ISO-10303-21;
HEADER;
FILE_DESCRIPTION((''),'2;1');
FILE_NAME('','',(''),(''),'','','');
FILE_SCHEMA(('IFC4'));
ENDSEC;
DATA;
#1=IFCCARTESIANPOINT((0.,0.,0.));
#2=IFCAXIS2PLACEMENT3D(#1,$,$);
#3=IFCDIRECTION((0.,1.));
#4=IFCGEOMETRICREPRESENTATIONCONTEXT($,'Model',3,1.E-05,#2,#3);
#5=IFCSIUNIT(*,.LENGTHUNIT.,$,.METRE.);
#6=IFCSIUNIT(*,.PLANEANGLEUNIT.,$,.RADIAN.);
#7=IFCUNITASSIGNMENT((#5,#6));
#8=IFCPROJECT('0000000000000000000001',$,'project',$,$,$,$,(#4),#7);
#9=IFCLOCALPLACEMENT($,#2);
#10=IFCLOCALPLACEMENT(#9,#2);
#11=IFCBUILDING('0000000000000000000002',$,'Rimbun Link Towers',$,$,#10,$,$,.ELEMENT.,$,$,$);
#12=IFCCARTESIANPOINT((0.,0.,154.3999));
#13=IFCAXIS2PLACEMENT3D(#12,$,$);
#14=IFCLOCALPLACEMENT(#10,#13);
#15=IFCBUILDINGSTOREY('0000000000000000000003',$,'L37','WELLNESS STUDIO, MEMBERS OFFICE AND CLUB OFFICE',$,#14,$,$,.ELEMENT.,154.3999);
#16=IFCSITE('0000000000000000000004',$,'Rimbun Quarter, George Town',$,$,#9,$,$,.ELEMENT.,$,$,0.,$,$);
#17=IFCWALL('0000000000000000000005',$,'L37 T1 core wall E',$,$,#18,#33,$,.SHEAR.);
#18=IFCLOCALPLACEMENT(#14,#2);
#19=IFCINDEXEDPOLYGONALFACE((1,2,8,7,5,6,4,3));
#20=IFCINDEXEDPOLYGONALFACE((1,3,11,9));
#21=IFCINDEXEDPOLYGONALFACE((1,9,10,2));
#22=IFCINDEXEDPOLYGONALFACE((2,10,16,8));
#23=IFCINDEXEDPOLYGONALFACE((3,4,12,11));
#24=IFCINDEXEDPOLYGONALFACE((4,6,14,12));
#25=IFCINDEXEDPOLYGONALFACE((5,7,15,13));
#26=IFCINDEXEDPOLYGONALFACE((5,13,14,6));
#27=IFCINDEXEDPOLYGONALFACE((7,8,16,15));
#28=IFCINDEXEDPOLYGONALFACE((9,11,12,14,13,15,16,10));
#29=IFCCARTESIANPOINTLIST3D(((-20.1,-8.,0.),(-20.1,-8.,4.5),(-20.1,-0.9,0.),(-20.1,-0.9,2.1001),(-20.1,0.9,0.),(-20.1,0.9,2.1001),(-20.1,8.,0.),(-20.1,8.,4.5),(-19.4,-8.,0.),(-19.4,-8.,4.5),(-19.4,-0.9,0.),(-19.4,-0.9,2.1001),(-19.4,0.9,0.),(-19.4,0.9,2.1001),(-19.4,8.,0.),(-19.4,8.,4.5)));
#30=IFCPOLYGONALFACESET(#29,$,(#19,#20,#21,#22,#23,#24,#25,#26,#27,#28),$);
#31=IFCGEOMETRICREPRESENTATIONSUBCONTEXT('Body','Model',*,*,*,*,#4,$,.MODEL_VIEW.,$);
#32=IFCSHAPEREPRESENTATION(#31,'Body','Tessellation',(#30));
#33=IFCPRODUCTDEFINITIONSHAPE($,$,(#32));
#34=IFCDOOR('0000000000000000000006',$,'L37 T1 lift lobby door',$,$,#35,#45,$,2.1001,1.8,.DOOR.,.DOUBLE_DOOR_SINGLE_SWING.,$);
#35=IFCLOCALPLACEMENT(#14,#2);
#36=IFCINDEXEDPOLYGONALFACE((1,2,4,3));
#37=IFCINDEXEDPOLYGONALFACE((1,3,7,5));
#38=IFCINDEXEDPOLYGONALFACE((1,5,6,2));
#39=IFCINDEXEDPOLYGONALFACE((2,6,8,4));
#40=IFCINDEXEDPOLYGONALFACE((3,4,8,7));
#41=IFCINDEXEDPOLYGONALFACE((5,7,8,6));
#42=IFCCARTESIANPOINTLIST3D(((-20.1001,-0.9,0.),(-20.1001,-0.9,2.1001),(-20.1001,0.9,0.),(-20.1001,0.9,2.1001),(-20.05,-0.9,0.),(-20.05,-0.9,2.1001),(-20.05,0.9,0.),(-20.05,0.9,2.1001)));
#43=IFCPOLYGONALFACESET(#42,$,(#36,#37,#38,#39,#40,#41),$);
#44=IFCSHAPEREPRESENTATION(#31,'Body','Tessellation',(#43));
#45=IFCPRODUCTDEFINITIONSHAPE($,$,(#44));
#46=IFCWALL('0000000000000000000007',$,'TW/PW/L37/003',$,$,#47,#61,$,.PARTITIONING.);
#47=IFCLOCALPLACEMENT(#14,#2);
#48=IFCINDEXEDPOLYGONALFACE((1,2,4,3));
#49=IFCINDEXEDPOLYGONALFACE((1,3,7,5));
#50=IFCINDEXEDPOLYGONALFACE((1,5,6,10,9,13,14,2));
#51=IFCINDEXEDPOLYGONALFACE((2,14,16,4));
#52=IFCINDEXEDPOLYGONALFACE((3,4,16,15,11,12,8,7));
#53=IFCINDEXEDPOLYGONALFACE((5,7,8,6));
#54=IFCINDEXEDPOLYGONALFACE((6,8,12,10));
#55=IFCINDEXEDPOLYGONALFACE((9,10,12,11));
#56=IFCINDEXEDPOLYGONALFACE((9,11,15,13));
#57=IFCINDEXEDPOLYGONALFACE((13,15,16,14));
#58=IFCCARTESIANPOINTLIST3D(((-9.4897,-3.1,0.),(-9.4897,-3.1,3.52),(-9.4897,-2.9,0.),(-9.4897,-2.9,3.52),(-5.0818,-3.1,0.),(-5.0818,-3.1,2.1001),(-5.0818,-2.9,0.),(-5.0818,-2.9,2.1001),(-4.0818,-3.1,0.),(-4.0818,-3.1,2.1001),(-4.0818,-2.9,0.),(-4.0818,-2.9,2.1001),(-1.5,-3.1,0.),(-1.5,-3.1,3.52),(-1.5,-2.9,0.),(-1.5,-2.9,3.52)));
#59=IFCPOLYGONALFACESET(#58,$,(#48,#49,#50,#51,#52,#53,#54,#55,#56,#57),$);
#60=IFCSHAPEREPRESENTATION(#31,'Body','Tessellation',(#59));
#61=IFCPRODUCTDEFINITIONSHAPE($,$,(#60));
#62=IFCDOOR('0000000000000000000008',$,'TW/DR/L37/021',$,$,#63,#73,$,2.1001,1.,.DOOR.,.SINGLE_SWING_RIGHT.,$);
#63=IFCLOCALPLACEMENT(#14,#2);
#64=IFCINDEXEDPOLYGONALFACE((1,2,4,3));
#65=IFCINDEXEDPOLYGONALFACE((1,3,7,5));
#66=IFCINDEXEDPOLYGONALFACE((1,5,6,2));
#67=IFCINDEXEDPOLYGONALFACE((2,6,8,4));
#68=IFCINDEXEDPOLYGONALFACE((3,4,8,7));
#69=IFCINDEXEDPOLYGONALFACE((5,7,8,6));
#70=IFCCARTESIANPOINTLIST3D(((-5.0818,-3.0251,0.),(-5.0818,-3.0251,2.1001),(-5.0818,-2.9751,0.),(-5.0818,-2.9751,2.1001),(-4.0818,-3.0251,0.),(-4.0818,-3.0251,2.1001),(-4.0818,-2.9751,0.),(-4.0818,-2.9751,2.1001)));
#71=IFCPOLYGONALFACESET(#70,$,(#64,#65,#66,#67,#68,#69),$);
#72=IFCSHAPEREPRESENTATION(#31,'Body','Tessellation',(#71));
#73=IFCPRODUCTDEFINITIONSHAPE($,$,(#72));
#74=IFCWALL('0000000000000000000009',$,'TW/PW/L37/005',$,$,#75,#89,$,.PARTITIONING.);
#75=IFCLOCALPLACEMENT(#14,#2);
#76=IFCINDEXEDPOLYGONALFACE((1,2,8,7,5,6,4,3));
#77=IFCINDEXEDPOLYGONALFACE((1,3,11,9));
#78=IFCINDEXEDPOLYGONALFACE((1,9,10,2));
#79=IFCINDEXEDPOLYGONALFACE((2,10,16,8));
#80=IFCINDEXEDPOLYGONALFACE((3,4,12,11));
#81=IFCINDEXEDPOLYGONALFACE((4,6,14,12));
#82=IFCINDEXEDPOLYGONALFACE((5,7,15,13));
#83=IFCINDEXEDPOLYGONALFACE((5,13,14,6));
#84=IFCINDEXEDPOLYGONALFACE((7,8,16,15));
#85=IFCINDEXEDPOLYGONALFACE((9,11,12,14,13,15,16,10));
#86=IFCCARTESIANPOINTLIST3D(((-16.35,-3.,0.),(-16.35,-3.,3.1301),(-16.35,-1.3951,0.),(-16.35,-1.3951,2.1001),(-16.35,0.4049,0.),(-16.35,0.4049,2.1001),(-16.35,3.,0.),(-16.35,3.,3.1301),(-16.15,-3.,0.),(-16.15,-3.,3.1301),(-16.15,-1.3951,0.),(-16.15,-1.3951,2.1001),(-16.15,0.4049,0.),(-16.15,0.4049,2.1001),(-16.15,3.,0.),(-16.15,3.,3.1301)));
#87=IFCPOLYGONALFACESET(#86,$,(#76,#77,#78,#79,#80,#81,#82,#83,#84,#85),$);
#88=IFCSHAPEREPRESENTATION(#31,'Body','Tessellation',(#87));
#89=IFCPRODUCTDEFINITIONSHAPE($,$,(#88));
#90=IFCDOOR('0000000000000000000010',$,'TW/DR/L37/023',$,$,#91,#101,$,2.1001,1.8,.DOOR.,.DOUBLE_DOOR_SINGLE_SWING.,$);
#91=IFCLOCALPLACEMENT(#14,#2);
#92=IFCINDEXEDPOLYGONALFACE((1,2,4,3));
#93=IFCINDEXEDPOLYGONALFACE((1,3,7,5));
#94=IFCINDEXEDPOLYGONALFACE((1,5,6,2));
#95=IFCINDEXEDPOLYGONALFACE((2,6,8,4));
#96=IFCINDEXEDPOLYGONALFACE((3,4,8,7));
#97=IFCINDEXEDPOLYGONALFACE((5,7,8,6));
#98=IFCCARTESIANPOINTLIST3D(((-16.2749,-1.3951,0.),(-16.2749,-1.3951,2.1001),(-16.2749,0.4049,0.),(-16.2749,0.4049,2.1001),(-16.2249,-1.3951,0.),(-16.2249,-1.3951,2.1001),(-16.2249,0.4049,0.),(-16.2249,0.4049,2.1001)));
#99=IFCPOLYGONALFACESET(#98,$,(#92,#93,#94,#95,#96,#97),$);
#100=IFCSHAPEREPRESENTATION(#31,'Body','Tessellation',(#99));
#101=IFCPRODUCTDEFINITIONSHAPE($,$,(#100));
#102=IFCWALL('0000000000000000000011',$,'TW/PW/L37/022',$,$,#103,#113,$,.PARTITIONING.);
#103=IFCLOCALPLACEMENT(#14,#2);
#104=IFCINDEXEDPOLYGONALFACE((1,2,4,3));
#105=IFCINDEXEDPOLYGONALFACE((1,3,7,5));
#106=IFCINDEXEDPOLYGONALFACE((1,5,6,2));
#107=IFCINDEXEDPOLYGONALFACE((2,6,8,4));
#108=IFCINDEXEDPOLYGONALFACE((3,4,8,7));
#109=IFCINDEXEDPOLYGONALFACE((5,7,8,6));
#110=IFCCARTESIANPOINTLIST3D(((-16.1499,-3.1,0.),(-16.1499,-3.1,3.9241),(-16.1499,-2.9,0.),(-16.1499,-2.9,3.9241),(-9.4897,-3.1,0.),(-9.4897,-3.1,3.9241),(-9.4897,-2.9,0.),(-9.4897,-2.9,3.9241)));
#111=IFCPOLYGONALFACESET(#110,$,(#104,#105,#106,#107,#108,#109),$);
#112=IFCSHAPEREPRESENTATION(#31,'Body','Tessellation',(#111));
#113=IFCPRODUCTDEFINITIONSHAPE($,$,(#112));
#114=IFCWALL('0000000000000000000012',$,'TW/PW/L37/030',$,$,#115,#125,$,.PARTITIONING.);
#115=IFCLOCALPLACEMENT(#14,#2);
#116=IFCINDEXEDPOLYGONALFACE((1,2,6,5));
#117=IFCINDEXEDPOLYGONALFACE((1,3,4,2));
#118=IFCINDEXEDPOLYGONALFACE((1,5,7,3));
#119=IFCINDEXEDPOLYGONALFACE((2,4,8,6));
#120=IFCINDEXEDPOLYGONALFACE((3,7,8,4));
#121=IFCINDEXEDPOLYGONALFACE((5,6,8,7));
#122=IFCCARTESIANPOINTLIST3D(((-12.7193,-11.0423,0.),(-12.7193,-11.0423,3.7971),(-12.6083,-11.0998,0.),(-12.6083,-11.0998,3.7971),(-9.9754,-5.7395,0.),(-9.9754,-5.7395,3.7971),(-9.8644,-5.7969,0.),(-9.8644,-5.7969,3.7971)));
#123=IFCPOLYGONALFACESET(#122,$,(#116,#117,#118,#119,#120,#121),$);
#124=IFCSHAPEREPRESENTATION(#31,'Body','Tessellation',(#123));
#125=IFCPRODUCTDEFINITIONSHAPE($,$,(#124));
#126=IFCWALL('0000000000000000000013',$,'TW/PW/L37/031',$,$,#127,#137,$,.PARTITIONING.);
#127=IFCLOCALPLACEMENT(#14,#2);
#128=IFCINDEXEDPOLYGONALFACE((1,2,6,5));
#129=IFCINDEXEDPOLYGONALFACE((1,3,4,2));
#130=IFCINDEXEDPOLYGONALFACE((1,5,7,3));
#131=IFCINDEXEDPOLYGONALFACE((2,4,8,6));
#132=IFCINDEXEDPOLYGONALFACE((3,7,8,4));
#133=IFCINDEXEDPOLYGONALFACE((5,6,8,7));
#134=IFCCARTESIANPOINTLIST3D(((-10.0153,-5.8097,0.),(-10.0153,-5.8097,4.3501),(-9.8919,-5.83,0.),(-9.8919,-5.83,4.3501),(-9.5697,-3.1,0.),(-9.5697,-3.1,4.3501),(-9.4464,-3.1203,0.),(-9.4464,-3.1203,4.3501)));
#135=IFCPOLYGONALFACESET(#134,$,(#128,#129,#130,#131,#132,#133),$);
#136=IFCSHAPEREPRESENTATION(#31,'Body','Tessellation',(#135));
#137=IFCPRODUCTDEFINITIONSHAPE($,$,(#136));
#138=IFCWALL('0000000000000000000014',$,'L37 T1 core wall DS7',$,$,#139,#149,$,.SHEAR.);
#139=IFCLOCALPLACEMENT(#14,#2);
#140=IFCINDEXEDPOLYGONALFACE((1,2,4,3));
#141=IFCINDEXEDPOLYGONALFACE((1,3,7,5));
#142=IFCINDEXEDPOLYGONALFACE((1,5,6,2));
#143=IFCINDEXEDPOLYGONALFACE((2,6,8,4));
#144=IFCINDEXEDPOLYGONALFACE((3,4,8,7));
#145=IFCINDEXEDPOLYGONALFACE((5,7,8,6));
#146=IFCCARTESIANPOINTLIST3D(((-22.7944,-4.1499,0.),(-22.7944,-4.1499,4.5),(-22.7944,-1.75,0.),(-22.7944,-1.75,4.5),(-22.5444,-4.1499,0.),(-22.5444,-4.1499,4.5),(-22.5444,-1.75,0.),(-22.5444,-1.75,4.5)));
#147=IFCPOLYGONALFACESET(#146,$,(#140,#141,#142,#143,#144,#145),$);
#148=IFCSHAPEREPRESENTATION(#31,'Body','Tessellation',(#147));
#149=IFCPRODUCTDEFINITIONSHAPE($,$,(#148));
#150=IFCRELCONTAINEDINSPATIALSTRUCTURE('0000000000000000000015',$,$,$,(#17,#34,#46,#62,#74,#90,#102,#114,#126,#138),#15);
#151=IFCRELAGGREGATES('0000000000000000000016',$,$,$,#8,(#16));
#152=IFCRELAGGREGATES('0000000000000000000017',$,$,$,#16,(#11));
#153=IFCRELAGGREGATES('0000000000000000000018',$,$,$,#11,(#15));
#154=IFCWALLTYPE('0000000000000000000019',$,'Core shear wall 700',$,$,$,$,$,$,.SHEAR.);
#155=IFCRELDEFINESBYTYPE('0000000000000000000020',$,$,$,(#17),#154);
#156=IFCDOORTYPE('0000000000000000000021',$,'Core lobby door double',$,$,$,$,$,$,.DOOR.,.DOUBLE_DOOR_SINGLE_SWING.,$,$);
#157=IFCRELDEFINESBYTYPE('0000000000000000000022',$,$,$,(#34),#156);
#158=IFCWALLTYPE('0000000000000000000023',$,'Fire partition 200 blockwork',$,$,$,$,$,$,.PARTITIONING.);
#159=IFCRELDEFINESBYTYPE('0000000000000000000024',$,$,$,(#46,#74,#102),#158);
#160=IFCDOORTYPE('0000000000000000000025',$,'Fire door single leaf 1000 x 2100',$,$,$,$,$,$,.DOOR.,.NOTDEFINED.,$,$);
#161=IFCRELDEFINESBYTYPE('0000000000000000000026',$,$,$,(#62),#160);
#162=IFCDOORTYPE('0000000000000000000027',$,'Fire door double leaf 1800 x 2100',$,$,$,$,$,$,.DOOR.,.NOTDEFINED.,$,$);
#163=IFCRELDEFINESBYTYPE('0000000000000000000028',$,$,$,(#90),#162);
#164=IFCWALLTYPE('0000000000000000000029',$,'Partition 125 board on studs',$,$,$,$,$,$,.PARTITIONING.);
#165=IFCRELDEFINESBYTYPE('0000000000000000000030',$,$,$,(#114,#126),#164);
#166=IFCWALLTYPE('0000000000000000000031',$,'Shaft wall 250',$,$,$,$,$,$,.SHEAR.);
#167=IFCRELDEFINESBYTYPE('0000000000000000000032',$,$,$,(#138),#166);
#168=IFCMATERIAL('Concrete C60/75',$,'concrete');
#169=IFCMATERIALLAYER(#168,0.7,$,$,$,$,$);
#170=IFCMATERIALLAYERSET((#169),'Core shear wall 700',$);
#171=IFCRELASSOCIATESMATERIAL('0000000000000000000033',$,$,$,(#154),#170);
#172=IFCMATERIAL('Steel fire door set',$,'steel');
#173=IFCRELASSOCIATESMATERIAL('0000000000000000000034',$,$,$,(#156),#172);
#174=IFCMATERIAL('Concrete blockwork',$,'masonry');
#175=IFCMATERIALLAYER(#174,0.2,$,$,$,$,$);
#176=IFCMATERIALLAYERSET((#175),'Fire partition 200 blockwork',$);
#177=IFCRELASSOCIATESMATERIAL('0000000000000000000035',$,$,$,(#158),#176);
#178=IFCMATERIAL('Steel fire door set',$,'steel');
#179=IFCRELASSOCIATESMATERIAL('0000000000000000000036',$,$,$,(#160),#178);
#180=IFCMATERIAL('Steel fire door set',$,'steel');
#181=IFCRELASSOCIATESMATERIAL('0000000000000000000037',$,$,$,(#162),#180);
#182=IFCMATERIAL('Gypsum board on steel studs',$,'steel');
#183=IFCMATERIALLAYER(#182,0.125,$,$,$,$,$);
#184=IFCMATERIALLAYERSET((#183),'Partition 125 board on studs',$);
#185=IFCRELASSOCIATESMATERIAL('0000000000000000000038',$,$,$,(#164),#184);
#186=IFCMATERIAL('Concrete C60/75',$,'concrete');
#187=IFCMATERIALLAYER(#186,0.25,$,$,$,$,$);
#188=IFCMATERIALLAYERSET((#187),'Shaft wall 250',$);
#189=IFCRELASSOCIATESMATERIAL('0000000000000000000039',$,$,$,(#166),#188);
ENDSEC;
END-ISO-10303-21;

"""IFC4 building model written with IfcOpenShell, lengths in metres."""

from ifc_helpers import new_model, si_unit, direction, frame, frame_2d, origin, place, context, subcontext, project, spatial, rectangle, extrude, material, layer, layer_set, type_object, element, fill, save


model = new_model("IFC4")

# Units and contexts
model_context = context("Model", 3, precision=1e-05, world=origin(), true_north=direction((0.0, 1.0)))
body_context = subcontext(model_context, "Body", "Model", "MODEL_VIEW")
ifc_project = project(units=[si_unit("LENGTHUNIT", "METRE"), si_unit("PLANEANGLEUNIT", "RADIAN")], contexts=[model_context])

# Site, building, storey
site_placement = place(None, origin())
site = spatial("IfcSite", under=ifc_project, at=site_placement, Name="Rimbun Quarter, George Town", CompositionType="ELEMENT", RefElevation=0.0)
building_placement = place(site_placement, origin())
building = spatial("IfcBuilding", under=site, at=building_placement, Name="Rimbun Link Towers", CompositionType="ELEMENT")
storey_placement = place(building_placement, frame((0.0, 0.0, 154.3999)))
storey = spatial("IfcBuildingStorey", under=building, at=storey_placement, Name="L37", Description="WELLNESS STUDIO, MEMBERS OFFICE AND CLUB OFFICE", CompositionType="ELEMENT", Elevation=154.3999)

# Walls, openings, doors
ifc_material_1 = material(Name="Concrete C60/75", Category="concrete")
ifc_layer_1 = layer(ifc_material_1, 0.7)
ifc_layer_set_1 = layer_set([ifc_layer_1], Name="Core shear wall 700")
wall_type_1 = type_object("IfcWallType", Name="Core shear wall 700", PredefinedType="SHEAR", material=ifc_layer_set_1)
wall_1_placement = place(storey_placement, frame((-19.75, -8.0, 0.0), z_axis=(0.0, 0.0, 1.0), x_axis=(0.0, 1.0, 0.0)))
wall_1 = element("IfcWall", 1, at=wall_1_placement, inside=storey, type_object=wall_type_1, Name="L37 T1 core wall E", PredefinedType="SHEAR", context=body_context, shape_type="SweptSolid", body=[
    extrude(rectangle(XDim=16.0, YDim=0.7, at=frame_2d((8.0, 0.0))), origin(), (0.0, 0.0, 1.0), 4.5),
])
opening_1_placement = place(wall_1_placement, frame((7.1001, 0.0, 0.0)))
opening_1 = element("IfcOpeningElement", 2, at=opening_1_placement, cuts=wall_1, PredefinedType="OPENING", context=body_context, shape_type="SweptSolid", body=[
    extrude(rectangle(XDim=1.8, YDim=2.1001, at=frame_2d((0.8999, 1.05))), frame((0.0, 0.3599, 0.0), z_axis=(0.0, -1.0, 0.0), x_axis=(1.0, 0.0, 0.0)), (0.0, 0.0, 1.0), 0.72),
])
ifc_material_2 = material(Name="Steel fire door set", Category="steel")
door_type_1 = type_object("IfcDoorType", Name="Core lobby door double", OperationType="DOUBLE_DOOR_SINGLE_SWING", PredefinedType="DOOR", material=ifc_material_2)
door_1_placement = place(opening_1_placement, origin())
door_1 = element("IfcDoor", 3, at=door_1_placement, inside=storey, type_object=door_type_1, Name="L37 T1 lift lobby door", OperationType="DOUBLE_DOOR_SINGLE_SWING", OverallHeight=2.1001, OverallWidth=1.8, PredefinedType="DOOR", context=body_context, shape_type="SweptSolid", body=[
    extrude(rectangle(XDim=1.8, YDim=2.1001, at=frame_2d((0.8999, 1.05))), frame((0.0, 0.3501, 0.0), z_axis=(0.0, -1.0, 0.0), x_axis=(1.0, 0.0, 0.0)), (0.0, 0.0, 1.0), 0.05),
])
fill(opening_1, door_1)
ifc_material_3 = material(Name="Concrete blockwork", Category="masonry")
ifc_layer_2 = layer(ifc_material_3, 0.2)
ifc_layer_set_2 = layer_set([ifc_layer_2], Name="Fire partition 200 blockwork")
wall_type_2 = type_object("IfcWallType", Name="Fire partition 200 blockwork", PredefinedType="PARTITIONING", material=ifc_layer_set_2)
wall_2_placement = place(storey_placement, frame((-9.4897, -3.0, 0.0), z_axis=(0.0, 0.0, 1.0), x_axis=(1.0, 0.0, 0.0)))
wall_2 = element("IfcWall", 4, at=wall_2_placement, inside=storey, type_object=wall_type_2, Name="TW/PW/L37/003", PredefinedType="PARTITIONING", context=body_context, shape_type="SweptSolid", body=[
    extrude(rectangle(XDim=7.9897, YDim=0.2, at=frame_2d((3.9949, 0.0))), origin(), (0.0, 0.0, 1.0), 3.52),
])
opening_2_placement = place(wall_2_placement, frame((4.408, 0.0, 0.0)))
opening_2 = element("IfcOpeningElement", 5, at=opening_2_placement, cuts=wall_2, PredefinedType="OPENING", context=body_context, shape_type="SweptSolid", body=[
    extrude(rectangle(XDim=1.0, YDim=2.1001, at=frame_2d((0.5, 1.05))), frame((0.0, 0.1099, 0.0), z_axis=(0.0, -1.0, 0.0), x_axis=(1.0, 0.0, 0.0)), (0.0, 0.0, 1.0), 0.22),
])
ifc_material_4 = material(Name="Steel fire door set", Category="steel")
door_type_2 = type_object("IfcDoorType", Name="Fire door single leaf 1000 x 2100", OperationType="NOTDEFINED", PredefinedType="DOOR", material=ifc_material_4)
door_2_placement = place(opening_2_placement, origin())
door_2 = element("IfcDoor", 6, at=door_2_placement, inside=storey, type_object=door_type_2, Name="TW/DR/L37/021", OperationType="SINGLE_SWING_RIGHT", OverallHeight=2.1001, OverallWidth=1.0, PredefinedType="DOOR", context=body_context, shape_type="SweptSolid", body=[
    extrude(rectangle(XDim=1.0, YDim=2.1001, at=frame_2d((0.5, 1.05))), frame((0.0, 0.0249, 0.0), z_axis=(0.0, -1.0, 0.0), x_axis=(1.0, 0.0, 0.0)), (0.0, 0.0, 1.0), 0.05),
])
fill(opening_2, door_2)
wall_3_placement = place(storey_placement, frame((-16.25, -3.0, 0.0), z_axis=(0.0, 0.0, 1.0), x_axis=(0.0, 1.0, 0.0)))
wall_3 = element("IfcWall", 7, at=wall_3_placement, inside=storey, type_object=wall_type_2, Name="TW/PW/L37/005", PredefinedType="PARTITIONING", context=body_context, shape_type="SweptSolid", body=[
    extrude(rectangle(XDim=6.0, YDim=0.2, at=frame_2d((3.0, 0.0))), origin(), (0.0, 0.0, 1.0), 3.1301),
])
opening_3_placement = place(wall_3_placement, frame((1.605, 0.0, 0.0)))
opening_3 = element("IfcOpeningElement", 8, at=opening_3_placement, cuts=wall_3, PredefinedType="OPENING", context=body_context, shape_type="SweptSolid", body=[
    extrude(rectangle(XDim=1.8, YDim=2.1001, at=frame_2d((0.8999, 1.05))), frame((0.0, 0.1099, 0.0), z_axis=(0.0, -1.0, 0.0), x_axis=(1.0, 0.0, 0.0)), (0.0, 0.0, 1.0), 0.22),
])
ifc_material_5 = material(Name="Steel fire door set", Category="steel")
door_type_3 = type_object("IfcDoorType", Name="Fire door double leaf 1800 x 2100", OperationType="NOTDEFINED", PredefinedType="DOOR", material=ifc_material_5)
door_3_placement = place(opening_3_placement, origin())
door_3 = element("IfcDoor", 9, at=door_3_placement, inside=storey, type_object=door_type_3, Name="TW/DR/L37/023", OperationType="DOUBLE_DOOR_SINGLE_SWING", OverallHeight=2.1001, OverallWidth=1.8, PredefinedType="DOOR", context=body_context, shape_type="SweptSolid", body=[
    extrude(rectangle(XDim=1.8, YDim=2.1001, at=frame_2d((0.8999, 1.05))), frame((0.0, 0.0249, 0.0), z_axis=(0.0, -1.0, 0.0), x_axis=(1.0, 0.0, 0.0)), (0.0, 0.0, 1.0), 0.05),
])
fill(opening_3, door_3)

# Walls
wall_4_placement = place(storey_placement, frame((-16.1499, -3.0, 0.0), z_axis=(0.0, 0.0, 1.0), x_axis=(1.0, 0.0, 0.0)))
element("IfcWall", 10, at=wall_4_placement, inside=storey, type_object=wall_type_2, Name="TW/PW/L37/022", PredefinedType="PARTITIONING", context=body_context, shape_type="SweptSolid", body=[
    extrude(rectangle(XDim=6.6602, YDim=0.2, at=frame_2d((3.3301, 0.0))), origin(), (0.0, 0.0, 1.0), 3.9241),
])
ifc_material_6 = material(Name="Gypsum board on steel studs", Category="steel")
ifc_layer_3 = layer(ifc_material_6, 0.125)
ifc_layer_set_3 = layer_set([ifc_layer_3], Name="Partition 125 board on studs")
wall_type_3 = type_object("IfcWallType", Name="Partition 125 board on studs", PredefinedType="PARTITIONING", material=ifc_layer_set_3)
wall_5_placement = place(storey_placement, frame((-12.6638, -11.071, 0.0), z_axis=(0.0, 0.0, 1.0), x_axis=(0.459569, 0.888142, 0.0)))
element("IfcWall", 11, at=wall_5_placement, inside=storey, type_object=wall_type_3, Name="TW/PW/L37/030", PredefinedType="PARTITIONING", context=body_context, shape_type="SweptSolid", body=[
    extrude(rectangle(XDim=5.9707, YDim=0.125, at=frame_2d((2.9854, 0.0))), origin(), (0.0, 0.0, 1.0), 3.7971),
])
wall_6_placement = place(storey_placement, frame((-9.9536, -5.8198, 0.0), z_axis=(0.0, 0.0, 1.0), x_axis=(0.16225, 0.98675, 0.0)))
element("IfcWall", 12, at=wall_6_placement, inside=storey, type_object=wall_type_3, Name="TW/PW/L37/031", PredefinedType="PARTITIONING", context=body_context, shape_type="SweptSolid", body=[
    extrude(rectangle(XDim=2.7461, YDim=0.125, at=frame_2d((1.373, 0.0))), origin(), (0.0, 0.0, 1.0), 4.3501),
])
ifc_material_7 = material(Name="Concrete C60/75", Category="concrete")
ifc_layer_4 = layer(ifc_material_7, 0.25)
ifc_layer_set_4 = layer_set([ifc_layer_4], Name="Shaft wall 250")
wall_type_4 = type_object("IfcWallType", Name="Shaft wall 250", PredefinedType="SHEAR", material=ifc_layer_set_4)
wall_7_placement = place(storey_placement, frame((-22.6694, -4.1499, 0.0), z_axis=(0.0, 0.0, 1.0), x_axis=(0.0, 1.0, 0.0)))
element("IfcWall", 13, at=wall_7_placement, inside=storey, type_object=wall_type_4, Name="L37 T1 core wall DS7", PredefinedType="SHEAR", context=body_context, shape_type="SweptSolid", body=[
    extrude(rectangle(XDim=2.3999, YDim=0.25, at=frame_2d((1.2, 0.0))), origin(), (0.0, 0.0, 1.0), 4.5),
])

save(model, "model.ifc")
